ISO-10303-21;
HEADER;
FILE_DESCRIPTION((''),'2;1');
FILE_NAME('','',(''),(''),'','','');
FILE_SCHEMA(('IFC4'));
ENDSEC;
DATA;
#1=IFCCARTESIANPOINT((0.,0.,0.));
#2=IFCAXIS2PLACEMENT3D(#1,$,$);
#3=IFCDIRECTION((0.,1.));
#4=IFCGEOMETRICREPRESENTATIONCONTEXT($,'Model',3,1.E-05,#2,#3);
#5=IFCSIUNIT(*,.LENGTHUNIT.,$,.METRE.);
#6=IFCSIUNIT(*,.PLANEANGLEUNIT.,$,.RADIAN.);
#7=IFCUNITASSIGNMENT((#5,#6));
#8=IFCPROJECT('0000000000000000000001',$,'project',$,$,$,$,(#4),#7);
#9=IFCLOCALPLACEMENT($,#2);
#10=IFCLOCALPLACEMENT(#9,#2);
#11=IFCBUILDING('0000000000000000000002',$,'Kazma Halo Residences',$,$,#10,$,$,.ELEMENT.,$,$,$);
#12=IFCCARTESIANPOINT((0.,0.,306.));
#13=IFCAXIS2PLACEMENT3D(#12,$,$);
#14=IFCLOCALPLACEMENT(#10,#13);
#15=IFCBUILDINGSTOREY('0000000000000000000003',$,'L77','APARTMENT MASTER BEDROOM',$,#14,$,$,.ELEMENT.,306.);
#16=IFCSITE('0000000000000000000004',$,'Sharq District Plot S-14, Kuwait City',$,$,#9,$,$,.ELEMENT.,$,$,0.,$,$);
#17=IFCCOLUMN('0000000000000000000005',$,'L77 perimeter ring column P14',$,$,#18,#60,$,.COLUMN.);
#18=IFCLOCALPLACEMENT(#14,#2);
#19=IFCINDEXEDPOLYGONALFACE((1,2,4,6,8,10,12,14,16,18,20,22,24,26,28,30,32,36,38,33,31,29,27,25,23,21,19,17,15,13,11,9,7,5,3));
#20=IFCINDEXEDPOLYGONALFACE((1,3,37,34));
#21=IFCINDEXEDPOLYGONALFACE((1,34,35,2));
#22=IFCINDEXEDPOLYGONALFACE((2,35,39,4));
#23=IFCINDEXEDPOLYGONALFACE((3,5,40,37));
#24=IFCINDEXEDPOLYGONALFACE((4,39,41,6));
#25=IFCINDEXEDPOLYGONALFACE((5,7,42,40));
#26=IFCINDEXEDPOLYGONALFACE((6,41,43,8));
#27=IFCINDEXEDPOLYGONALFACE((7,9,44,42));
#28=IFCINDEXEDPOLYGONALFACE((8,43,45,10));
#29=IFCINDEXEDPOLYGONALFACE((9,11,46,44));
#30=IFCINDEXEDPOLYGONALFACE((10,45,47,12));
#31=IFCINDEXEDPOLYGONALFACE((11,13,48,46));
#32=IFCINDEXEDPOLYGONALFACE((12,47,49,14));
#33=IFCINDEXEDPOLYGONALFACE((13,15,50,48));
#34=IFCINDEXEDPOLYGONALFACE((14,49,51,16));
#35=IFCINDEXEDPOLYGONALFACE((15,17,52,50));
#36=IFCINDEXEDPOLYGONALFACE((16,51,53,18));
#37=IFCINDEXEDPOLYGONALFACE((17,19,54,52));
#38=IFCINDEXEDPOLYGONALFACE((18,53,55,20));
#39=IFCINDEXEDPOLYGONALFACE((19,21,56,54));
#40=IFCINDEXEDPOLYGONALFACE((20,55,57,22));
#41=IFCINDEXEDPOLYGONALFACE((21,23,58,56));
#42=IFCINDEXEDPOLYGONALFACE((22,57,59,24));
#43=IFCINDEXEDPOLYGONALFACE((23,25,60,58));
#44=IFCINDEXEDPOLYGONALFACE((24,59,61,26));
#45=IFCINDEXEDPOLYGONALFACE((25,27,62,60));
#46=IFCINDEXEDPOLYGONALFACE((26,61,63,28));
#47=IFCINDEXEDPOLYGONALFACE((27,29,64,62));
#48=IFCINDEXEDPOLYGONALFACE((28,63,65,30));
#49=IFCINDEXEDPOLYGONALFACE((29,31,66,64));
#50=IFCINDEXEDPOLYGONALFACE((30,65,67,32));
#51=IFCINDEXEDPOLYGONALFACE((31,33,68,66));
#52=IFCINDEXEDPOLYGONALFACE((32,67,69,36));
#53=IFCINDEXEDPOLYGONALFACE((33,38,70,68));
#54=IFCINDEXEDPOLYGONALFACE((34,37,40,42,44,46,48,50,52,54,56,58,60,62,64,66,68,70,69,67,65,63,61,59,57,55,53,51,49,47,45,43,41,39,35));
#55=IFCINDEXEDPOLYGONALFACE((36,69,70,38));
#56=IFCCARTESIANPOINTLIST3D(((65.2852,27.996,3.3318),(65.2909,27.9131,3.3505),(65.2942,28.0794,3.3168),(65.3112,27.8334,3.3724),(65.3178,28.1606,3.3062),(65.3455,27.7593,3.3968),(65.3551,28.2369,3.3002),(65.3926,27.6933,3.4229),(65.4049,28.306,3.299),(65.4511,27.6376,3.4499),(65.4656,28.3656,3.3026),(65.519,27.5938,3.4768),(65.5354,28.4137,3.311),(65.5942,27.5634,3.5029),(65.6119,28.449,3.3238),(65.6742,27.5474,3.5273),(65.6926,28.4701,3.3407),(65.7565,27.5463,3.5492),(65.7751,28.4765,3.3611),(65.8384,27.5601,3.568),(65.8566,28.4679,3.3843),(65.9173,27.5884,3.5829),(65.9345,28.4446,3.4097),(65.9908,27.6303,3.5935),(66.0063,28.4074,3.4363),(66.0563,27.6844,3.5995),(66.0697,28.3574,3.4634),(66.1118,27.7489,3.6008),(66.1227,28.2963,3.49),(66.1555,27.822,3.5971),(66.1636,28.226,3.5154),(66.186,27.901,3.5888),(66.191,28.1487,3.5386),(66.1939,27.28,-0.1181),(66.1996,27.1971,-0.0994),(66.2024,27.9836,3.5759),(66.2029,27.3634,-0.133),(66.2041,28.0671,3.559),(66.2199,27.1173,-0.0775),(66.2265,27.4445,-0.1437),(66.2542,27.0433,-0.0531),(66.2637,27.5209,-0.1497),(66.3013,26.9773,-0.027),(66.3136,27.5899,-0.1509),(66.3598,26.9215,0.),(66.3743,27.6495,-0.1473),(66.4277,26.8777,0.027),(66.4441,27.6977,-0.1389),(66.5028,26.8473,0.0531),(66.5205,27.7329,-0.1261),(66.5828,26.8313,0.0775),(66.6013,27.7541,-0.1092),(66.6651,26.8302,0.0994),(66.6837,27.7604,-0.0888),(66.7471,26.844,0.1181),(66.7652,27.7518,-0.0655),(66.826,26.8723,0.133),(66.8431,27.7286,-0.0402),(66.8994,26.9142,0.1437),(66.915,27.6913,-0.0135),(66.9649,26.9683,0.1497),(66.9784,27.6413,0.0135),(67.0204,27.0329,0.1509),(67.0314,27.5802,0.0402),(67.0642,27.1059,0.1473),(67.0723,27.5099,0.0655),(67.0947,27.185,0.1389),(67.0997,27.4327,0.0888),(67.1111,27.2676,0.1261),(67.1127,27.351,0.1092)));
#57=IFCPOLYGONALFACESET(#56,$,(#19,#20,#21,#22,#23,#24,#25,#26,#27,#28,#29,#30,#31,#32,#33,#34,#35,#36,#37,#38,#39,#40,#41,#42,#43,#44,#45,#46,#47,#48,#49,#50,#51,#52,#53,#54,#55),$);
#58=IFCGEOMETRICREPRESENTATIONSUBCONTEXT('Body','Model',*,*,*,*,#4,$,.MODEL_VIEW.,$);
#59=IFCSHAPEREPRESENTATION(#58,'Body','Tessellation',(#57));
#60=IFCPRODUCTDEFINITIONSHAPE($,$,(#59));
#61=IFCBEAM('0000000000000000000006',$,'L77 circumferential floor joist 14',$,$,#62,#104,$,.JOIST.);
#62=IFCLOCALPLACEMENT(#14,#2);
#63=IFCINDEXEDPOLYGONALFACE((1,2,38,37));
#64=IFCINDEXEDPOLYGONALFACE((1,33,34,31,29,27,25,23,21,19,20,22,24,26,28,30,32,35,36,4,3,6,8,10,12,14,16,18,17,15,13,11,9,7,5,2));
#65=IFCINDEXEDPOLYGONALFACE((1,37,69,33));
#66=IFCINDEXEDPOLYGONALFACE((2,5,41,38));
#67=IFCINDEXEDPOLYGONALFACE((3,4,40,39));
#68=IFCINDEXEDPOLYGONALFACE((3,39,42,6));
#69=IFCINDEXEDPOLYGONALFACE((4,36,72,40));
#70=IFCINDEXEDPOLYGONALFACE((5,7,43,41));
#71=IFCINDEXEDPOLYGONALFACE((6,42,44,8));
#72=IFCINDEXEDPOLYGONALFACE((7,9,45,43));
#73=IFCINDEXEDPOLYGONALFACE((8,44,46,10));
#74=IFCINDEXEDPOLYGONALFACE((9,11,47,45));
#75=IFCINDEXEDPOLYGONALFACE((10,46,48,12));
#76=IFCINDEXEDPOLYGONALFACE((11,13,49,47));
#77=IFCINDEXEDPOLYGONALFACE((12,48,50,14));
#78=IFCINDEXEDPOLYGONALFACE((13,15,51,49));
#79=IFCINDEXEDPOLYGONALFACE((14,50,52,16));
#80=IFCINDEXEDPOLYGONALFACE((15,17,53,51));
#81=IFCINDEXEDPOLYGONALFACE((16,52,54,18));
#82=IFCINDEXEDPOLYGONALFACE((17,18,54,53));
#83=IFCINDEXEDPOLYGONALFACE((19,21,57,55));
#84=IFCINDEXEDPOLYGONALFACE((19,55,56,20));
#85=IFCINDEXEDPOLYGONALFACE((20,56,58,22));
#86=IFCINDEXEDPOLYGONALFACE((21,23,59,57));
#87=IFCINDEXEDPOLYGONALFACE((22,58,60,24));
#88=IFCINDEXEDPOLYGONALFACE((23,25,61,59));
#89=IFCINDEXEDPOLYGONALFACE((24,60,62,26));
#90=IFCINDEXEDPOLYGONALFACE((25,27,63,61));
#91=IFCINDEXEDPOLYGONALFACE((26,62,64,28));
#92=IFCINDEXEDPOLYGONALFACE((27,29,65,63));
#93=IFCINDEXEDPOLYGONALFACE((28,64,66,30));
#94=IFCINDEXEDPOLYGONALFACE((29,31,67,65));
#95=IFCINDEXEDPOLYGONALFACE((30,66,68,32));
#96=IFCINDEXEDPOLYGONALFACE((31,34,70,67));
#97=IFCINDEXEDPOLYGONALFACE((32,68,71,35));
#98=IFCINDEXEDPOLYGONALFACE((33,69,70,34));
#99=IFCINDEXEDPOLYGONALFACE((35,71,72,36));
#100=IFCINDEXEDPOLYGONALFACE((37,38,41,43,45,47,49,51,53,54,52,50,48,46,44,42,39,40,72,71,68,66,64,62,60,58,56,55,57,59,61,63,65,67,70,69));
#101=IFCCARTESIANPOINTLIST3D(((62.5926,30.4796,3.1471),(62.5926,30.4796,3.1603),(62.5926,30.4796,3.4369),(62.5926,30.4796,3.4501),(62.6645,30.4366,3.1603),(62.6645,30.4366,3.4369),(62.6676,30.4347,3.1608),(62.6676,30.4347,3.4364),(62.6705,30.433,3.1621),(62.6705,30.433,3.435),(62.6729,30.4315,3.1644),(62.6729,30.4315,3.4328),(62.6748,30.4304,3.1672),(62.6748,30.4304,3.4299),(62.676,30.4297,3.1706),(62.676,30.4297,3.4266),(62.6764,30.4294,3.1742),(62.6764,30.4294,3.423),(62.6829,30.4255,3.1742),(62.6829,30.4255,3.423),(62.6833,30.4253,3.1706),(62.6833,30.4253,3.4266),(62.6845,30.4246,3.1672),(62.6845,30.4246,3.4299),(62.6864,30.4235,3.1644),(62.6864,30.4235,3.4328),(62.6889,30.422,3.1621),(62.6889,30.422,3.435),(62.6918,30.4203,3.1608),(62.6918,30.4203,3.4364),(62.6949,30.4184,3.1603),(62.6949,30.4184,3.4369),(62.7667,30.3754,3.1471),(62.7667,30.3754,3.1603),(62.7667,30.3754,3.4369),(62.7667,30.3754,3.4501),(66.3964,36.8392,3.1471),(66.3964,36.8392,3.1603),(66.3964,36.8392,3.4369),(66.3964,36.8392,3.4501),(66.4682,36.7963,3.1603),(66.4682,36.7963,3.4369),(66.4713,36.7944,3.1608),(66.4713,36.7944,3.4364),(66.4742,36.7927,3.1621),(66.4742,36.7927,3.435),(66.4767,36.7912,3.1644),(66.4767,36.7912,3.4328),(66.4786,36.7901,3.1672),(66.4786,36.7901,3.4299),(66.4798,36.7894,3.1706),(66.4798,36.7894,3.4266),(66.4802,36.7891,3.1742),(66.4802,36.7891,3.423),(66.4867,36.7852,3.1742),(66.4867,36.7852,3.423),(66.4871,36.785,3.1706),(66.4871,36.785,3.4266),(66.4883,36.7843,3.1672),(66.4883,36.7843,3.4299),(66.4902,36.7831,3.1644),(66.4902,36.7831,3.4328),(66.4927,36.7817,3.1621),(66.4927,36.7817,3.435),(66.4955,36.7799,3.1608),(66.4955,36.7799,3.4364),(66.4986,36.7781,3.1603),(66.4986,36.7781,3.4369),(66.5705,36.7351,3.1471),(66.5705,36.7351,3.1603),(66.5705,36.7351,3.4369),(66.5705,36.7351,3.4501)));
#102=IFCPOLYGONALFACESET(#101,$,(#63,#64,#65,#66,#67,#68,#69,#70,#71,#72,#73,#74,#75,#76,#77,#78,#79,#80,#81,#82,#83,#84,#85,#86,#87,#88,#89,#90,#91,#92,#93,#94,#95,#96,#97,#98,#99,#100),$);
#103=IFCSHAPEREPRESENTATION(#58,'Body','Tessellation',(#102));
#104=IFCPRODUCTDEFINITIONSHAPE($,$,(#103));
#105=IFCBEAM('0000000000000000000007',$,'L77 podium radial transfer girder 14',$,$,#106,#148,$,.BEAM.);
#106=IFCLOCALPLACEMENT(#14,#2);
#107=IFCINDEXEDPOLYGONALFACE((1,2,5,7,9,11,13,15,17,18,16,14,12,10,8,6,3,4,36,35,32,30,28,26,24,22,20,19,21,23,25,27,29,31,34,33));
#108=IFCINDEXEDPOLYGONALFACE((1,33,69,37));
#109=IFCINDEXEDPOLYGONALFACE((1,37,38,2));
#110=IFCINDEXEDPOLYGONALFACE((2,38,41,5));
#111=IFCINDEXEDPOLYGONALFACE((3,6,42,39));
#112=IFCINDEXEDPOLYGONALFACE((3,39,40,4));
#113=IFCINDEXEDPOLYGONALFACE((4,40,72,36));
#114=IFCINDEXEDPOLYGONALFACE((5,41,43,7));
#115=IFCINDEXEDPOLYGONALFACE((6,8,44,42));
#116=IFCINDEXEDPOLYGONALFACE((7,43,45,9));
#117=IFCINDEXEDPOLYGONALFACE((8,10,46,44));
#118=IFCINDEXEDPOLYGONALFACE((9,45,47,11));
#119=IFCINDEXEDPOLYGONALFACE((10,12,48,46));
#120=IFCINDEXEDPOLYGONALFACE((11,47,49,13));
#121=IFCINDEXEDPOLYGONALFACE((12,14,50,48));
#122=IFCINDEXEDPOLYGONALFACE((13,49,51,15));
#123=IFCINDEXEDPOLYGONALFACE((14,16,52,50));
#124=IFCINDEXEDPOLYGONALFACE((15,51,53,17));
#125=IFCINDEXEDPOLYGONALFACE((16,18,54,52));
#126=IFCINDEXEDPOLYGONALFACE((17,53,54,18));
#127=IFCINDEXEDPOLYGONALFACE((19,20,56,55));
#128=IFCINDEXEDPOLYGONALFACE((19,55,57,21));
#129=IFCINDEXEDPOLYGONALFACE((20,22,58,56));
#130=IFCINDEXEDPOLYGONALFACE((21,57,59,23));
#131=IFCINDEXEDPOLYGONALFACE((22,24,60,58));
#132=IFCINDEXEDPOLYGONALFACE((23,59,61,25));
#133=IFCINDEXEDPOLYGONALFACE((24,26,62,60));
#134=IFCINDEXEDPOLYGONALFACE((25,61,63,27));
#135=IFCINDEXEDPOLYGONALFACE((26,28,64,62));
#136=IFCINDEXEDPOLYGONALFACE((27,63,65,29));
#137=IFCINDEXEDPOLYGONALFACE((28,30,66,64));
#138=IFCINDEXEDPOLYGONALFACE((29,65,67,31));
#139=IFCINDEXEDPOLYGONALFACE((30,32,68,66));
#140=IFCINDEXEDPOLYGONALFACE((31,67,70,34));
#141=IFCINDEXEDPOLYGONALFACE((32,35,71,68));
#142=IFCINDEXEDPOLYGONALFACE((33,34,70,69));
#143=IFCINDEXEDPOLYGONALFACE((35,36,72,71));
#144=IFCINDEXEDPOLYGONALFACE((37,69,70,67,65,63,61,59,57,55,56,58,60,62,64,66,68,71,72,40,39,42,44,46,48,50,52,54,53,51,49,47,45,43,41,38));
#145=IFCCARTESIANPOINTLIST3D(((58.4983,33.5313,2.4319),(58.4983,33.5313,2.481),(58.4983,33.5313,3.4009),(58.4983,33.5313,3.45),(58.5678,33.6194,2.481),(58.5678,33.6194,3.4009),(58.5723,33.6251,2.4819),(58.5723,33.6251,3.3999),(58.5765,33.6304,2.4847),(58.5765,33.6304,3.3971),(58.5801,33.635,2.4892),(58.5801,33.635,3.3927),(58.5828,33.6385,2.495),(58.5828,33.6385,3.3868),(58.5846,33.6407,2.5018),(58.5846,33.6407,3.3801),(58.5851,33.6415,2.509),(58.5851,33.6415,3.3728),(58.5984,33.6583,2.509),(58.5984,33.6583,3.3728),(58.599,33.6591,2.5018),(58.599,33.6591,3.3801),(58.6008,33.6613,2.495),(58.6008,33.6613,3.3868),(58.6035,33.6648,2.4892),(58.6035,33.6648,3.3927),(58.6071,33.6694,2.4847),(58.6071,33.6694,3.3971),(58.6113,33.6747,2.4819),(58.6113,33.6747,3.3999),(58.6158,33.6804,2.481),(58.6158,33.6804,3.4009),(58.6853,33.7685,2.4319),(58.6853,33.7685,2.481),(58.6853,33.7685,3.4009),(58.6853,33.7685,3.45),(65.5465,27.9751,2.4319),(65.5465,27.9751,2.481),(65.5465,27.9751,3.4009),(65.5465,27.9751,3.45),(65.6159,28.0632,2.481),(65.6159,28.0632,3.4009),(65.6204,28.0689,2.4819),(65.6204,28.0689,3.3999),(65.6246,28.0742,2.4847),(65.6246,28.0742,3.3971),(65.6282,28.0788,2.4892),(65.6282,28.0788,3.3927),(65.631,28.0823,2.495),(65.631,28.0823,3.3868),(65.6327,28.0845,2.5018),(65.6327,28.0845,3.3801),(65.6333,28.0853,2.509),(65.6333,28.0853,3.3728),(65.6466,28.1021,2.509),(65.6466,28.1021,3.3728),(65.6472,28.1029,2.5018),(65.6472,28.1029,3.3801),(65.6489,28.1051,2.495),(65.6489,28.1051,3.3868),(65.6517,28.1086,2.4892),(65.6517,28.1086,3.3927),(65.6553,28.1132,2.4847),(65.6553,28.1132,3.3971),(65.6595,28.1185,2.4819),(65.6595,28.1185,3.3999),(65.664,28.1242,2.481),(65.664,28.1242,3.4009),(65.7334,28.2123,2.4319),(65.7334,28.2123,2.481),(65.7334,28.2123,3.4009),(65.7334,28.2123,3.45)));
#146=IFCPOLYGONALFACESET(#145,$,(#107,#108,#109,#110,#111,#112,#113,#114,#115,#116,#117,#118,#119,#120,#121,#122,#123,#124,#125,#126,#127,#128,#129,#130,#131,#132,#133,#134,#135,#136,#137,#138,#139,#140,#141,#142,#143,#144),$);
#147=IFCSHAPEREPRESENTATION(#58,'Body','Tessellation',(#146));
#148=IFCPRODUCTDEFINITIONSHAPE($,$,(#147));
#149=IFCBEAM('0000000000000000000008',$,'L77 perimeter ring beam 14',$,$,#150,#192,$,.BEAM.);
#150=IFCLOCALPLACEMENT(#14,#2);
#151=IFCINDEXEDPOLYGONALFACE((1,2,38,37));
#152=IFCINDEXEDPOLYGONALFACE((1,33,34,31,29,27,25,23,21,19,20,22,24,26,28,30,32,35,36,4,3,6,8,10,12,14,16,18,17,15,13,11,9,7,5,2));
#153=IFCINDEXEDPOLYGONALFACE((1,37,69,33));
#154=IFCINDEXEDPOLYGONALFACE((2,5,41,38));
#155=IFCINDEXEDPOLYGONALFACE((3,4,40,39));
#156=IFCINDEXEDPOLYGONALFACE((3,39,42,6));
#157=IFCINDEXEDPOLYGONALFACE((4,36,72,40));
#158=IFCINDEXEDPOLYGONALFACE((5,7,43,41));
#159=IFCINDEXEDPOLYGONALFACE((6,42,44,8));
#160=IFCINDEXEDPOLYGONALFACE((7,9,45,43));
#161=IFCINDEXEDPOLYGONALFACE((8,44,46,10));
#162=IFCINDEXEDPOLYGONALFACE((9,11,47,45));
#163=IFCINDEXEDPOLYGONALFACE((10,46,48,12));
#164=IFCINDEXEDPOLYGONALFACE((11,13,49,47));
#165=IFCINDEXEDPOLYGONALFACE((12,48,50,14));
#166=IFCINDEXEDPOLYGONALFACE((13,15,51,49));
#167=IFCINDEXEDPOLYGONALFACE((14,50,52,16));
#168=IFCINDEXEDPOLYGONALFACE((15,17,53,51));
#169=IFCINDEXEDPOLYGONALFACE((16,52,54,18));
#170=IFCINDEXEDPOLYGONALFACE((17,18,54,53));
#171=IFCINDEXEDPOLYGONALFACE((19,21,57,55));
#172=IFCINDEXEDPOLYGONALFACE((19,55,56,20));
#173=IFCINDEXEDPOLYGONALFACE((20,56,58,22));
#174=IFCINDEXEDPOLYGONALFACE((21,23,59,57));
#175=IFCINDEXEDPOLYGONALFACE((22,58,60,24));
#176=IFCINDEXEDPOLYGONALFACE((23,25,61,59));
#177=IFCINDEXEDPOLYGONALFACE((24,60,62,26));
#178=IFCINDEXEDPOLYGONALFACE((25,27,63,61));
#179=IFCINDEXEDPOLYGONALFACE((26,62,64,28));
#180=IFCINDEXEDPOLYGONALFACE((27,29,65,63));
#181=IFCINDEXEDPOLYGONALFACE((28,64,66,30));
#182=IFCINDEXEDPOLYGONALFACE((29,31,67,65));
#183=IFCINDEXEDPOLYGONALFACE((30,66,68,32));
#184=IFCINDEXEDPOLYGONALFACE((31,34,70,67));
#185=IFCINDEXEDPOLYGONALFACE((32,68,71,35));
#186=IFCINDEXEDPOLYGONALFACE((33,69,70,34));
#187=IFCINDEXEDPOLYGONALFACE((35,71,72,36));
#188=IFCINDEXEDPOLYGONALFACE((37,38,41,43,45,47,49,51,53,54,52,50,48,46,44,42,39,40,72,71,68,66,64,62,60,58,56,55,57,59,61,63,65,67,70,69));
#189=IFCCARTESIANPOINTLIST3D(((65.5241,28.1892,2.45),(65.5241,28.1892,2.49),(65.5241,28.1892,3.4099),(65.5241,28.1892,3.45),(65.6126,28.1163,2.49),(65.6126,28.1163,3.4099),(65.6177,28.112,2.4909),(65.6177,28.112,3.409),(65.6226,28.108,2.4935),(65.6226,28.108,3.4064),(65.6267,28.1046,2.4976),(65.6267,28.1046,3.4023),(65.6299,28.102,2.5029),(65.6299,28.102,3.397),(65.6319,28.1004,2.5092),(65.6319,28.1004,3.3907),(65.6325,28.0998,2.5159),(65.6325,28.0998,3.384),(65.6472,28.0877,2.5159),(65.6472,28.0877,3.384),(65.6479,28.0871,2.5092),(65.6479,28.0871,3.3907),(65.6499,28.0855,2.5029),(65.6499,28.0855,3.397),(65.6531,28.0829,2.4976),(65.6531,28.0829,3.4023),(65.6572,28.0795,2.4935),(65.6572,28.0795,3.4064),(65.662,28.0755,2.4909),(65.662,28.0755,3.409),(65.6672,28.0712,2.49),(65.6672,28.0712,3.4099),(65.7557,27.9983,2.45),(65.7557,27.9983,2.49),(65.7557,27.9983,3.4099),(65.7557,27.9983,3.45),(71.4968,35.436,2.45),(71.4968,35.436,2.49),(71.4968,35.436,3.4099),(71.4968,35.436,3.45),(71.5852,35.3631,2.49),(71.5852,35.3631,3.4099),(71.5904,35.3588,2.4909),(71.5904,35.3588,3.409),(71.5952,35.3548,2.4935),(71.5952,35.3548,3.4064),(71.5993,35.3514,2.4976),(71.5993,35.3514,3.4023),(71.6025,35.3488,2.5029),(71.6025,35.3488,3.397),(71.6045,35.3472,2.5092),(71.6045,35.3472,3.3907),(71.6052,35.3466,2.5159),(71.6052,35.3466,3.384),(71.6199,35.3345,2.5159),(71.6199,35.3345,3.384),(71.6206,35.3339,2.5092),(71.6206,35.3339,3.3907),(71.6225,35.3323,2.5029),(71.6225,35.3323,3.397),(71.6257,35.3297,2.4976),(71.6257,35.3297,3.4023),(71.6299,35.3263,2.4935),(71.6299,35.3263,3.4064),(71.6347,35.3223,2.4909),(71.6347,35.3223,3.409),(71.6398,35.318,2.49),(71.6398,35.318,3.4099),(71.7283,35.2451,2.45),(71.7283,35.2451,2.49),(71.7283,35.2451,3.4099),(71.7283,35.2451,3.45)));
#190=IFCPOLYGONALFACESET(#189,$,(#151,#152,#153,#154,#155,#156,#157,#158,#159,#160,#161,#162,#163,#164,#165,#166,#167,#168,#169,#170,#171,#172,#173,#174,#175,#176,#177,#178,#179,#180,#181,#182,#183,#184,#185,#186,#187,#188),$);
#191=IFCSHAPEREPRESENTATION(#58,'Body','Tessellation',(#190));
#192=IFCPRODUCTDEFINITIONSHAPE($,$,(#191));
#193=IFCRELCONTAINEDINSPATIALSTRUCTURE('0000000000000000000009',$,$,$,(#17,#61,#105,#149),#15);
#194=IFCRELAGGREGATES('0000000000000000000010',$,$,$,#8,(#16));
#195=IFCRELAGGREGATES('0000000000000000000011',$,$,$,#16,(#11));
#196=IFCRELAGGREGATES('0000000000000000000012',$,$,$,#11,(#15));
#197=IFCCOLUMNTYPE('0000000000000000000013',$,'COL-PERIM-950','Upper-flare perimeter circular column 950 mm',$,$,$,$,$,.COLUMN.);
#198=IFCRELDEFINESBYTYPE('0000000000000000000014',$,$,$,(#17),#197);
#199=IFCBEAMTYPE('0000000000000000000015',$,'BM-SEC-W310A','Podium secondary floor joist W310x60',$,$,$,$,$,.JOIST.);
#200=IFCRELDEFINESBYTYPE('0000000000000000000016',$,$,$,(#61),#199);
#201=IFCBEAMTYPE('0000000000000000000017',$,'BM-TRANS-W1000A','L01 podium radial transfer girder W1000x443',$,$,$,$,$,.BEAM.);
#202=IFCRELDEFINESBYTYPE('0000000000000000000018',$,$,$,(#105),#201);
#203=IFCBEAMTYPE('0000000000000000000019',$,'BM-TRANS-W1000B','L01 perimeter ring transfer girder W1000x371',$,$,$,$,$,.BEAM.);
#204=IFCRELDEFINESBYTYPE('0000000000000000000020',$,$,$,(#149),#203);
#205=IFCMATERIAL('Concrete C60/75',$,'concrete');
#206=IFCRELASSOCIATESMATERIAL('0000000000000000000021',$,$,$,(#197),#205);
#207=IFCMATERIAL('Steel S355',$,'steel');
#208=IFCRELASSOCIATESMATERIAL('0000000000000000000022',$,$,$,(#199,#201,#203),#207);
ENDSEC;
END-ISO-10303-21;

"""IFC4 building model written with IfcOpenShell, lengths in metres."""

from ifc_helpers import new_model, si_unit, direction, frame, origin, origin_2d, place, context, subcontext, project, spatial, circle, i_section, extrude, material, material_profile, profile_set, type_object, element, save


model = new_model("IFC4")

# Units and contexts
model_context = context("Model", 3, precision=1e-05, world=origin(), true_north=direction((0.0, 1.0)))
body_context = subcontext(model_context, "Body", "Model", "MODEL_VIEW")
ifc_project = project(units=[si_unit("LENGTHUNIT", "METRE"), si_unit("PLANEANGLEUNIT", "RADIAN")], contexts=[model_context])

# Site, building, storey
site_placement = place(None, origin())
site = spatial("IfcSite", under=ifc_project, at=site_placement, Name="Sharq District Plot S-14, Kuwait City", CompositionType="ELEMENT", RefElevation=0.0)
building_placement = place(site_placement, origin())
building = spatial("IfcBuilding", under=site, at=building_placement, Name="Kazma Halo Residences", CompositionType="ELEMENT")
storey_placement = place(building_placement, frame((0.0, 0.0, 306.0)))
storey = spatial("IfcBuildingStorey", under=building, at=storey_placement, Name="L77", Description="APARTMENT MASTER BEDROOM", CompositionType="ELEMENT", Elevation=306.0)

# Column
ifc_material_1 = material(Name="Concrete C60/75", Category="concrete")
ifc_material_profile_1 = material_profile(ifc_material_1, circle(Radius=0.4751, at=origin_2d()), Name="CIRC950")
ifc_profile_set_1 = profile_set([ifc_material_profile_1], Name="Concrete C60/75")
column_type = type_object("IfcColumnType", Name="COL-PERIM-950", Description="Upper-flare perimeter circular column 950 mm", PredefinedType="COLUMN", material=ifc_profile_set_1)
column_placement = place(storey_placement, frame((66.6538, 27.2947, 0.0), z_axis=(-0.249725, 0.196788, 0.94811), x_axis=(-0.618939, -0.785439, 0.0)))
element("IfcColumn", 1, at=column_placement, inside=storey, type_object=column_type, Name="L77 perimeter ring column P14", PredefinedType="COLUMN", context=body_context, shape_type="SweptSolid", body=[
    extrude(circle(Radius=0.4751, at=origin_2d()), origin(), (0.0, 0.0, 1.0), 3.6387),
])

# Beams
ifc_material_2 = material(Name="Steel S355", Category="steel")
ifc_material_profile_2 = material_profile(ifc_material_2, i_section(OverallWidth=0.2029, OverallDepth=0.303, WebThickness=0.0076, FlangeThickness=0.0132, FilletRadius=0.0139, at=origin_2d()), Name="W310x60")
ifc_profile_set_2 = profile_set([ifc_material_profile_2], Name="Steel S355")
beam_type_1 = type_object("IfcBeamType", Name="BM-SEC-W310A", Description="Podium secondary floor joist W310x60", PredefinedType="JOIST", material=ifc_profile_set_2)
beam_1_placement = place(storey_placement, frame((62.6797, 30.4275, 3.2986), z_axis=(0.513299, 0.85821, 0.0), x_axis=(-0.85821, 0.513299, 0.0)))
element("IfcBeam", 2, at=beam_1_placement, inside=storey, type_object=beam_type_1, Name="L77 circumferential floor joist 14", PredefinedType="JOIST", context=body_context, shape_type="SweptSolid", body=[
    extrude(i_section(OverallWidth=0.2029, OverallDepth=0.303, WebThickness=0.0076, FlangeThickness=0.0132, FilletRadius=0.0139, at=origin_2d()), origin(), (0.0, 0.0, 1.0), 7.4104),
])
ifc_material_profile_3 = material_profile(ifc_material_2, i_section(OverallWidth=0.302, OverallDepth=1.0181, WebThickness=0.0215, FlangeThickness=0.0491, FilletRadius=0.0281, at=origin_2d()), Name="W1000x443")
ifc_profile_set_3 = profile_set([ifc_material_profile_3], Name="Steel S355")
beam_type_2 = type_object("IfcBeamType", Name="BM-TRANS-W1000A", Description="L01 podium radial transfer girder W1000x443", PredefinedType="BEAM", material=ifc_profile_set_3)
beam_2_placement = place(storey_placement, frame((58.5918, 33.6499, 2.9409), z_axis=(0.785323, -0.619086, 0.0), x_axis=(0.619086, 0.785323, 0.0)))
element("IfcBeam", 3, at=beam_2_placement, inside=storey, type_object=beam_type_2, Name="L77 podium radial transfer girder 14", PredefinedType="BEAM", context=body_context, shape_type="SweptSolid", body=[
    extrude(i_section(OverallWidth=0.302, OverallDepth=1.0181, WebThickness=0.0215, FlangeThickness=0.0491, FilletRadius=0.0281, at=origin_2d()), origin(), (0.0, 0.0, 1.0), 8.9749),
])
ifc_material_profile_4 = material_profile(ifc_material_2, i_section(OverallWidth=0.3, OverallDepth=1.0, WebThickness=0.019, FlangeThickness=0.04, FilletRadius=0.0259, at=origin_2d()), Name="W1000x371")
ifc_profile_set_4 = profile_set([ifc_material_profile_4], Name="Steel S355")
beam_type_3 = type_object("IfcBeamType", Name="BM-TRANS-W1000B", Description="L01 perimeter ring transfer girder W1000x371", PredefinedType="BEAM", material=ifc_profile_set_4)
beam_3_placement = place(storey_placement, frame((65.6399, 28.0938, 2.95), z_axis=(0.636004, 0.771686, 0.0), x_axis=(-0.771686, 0.636004, 0.0)))
element("IfcBeam", 4, at=beam_3_placement, inside=storey, type_object=beam_type_3, Name="L77 perimeter ring beam 14", PredefinedType="BEAM", context=body_context, shape_type="SweptSolid", body=[
    extrude(i_section(OverallWidth=0.3, OverallDepth=1.0, WebThickness=0.019, FlangeThickness=0.04, FilletRadius=0.0259, at=origin_2d()), origin(), (0.0, 0.0, 1.0), 9.3909),
])

save(model, "model.ifc")
